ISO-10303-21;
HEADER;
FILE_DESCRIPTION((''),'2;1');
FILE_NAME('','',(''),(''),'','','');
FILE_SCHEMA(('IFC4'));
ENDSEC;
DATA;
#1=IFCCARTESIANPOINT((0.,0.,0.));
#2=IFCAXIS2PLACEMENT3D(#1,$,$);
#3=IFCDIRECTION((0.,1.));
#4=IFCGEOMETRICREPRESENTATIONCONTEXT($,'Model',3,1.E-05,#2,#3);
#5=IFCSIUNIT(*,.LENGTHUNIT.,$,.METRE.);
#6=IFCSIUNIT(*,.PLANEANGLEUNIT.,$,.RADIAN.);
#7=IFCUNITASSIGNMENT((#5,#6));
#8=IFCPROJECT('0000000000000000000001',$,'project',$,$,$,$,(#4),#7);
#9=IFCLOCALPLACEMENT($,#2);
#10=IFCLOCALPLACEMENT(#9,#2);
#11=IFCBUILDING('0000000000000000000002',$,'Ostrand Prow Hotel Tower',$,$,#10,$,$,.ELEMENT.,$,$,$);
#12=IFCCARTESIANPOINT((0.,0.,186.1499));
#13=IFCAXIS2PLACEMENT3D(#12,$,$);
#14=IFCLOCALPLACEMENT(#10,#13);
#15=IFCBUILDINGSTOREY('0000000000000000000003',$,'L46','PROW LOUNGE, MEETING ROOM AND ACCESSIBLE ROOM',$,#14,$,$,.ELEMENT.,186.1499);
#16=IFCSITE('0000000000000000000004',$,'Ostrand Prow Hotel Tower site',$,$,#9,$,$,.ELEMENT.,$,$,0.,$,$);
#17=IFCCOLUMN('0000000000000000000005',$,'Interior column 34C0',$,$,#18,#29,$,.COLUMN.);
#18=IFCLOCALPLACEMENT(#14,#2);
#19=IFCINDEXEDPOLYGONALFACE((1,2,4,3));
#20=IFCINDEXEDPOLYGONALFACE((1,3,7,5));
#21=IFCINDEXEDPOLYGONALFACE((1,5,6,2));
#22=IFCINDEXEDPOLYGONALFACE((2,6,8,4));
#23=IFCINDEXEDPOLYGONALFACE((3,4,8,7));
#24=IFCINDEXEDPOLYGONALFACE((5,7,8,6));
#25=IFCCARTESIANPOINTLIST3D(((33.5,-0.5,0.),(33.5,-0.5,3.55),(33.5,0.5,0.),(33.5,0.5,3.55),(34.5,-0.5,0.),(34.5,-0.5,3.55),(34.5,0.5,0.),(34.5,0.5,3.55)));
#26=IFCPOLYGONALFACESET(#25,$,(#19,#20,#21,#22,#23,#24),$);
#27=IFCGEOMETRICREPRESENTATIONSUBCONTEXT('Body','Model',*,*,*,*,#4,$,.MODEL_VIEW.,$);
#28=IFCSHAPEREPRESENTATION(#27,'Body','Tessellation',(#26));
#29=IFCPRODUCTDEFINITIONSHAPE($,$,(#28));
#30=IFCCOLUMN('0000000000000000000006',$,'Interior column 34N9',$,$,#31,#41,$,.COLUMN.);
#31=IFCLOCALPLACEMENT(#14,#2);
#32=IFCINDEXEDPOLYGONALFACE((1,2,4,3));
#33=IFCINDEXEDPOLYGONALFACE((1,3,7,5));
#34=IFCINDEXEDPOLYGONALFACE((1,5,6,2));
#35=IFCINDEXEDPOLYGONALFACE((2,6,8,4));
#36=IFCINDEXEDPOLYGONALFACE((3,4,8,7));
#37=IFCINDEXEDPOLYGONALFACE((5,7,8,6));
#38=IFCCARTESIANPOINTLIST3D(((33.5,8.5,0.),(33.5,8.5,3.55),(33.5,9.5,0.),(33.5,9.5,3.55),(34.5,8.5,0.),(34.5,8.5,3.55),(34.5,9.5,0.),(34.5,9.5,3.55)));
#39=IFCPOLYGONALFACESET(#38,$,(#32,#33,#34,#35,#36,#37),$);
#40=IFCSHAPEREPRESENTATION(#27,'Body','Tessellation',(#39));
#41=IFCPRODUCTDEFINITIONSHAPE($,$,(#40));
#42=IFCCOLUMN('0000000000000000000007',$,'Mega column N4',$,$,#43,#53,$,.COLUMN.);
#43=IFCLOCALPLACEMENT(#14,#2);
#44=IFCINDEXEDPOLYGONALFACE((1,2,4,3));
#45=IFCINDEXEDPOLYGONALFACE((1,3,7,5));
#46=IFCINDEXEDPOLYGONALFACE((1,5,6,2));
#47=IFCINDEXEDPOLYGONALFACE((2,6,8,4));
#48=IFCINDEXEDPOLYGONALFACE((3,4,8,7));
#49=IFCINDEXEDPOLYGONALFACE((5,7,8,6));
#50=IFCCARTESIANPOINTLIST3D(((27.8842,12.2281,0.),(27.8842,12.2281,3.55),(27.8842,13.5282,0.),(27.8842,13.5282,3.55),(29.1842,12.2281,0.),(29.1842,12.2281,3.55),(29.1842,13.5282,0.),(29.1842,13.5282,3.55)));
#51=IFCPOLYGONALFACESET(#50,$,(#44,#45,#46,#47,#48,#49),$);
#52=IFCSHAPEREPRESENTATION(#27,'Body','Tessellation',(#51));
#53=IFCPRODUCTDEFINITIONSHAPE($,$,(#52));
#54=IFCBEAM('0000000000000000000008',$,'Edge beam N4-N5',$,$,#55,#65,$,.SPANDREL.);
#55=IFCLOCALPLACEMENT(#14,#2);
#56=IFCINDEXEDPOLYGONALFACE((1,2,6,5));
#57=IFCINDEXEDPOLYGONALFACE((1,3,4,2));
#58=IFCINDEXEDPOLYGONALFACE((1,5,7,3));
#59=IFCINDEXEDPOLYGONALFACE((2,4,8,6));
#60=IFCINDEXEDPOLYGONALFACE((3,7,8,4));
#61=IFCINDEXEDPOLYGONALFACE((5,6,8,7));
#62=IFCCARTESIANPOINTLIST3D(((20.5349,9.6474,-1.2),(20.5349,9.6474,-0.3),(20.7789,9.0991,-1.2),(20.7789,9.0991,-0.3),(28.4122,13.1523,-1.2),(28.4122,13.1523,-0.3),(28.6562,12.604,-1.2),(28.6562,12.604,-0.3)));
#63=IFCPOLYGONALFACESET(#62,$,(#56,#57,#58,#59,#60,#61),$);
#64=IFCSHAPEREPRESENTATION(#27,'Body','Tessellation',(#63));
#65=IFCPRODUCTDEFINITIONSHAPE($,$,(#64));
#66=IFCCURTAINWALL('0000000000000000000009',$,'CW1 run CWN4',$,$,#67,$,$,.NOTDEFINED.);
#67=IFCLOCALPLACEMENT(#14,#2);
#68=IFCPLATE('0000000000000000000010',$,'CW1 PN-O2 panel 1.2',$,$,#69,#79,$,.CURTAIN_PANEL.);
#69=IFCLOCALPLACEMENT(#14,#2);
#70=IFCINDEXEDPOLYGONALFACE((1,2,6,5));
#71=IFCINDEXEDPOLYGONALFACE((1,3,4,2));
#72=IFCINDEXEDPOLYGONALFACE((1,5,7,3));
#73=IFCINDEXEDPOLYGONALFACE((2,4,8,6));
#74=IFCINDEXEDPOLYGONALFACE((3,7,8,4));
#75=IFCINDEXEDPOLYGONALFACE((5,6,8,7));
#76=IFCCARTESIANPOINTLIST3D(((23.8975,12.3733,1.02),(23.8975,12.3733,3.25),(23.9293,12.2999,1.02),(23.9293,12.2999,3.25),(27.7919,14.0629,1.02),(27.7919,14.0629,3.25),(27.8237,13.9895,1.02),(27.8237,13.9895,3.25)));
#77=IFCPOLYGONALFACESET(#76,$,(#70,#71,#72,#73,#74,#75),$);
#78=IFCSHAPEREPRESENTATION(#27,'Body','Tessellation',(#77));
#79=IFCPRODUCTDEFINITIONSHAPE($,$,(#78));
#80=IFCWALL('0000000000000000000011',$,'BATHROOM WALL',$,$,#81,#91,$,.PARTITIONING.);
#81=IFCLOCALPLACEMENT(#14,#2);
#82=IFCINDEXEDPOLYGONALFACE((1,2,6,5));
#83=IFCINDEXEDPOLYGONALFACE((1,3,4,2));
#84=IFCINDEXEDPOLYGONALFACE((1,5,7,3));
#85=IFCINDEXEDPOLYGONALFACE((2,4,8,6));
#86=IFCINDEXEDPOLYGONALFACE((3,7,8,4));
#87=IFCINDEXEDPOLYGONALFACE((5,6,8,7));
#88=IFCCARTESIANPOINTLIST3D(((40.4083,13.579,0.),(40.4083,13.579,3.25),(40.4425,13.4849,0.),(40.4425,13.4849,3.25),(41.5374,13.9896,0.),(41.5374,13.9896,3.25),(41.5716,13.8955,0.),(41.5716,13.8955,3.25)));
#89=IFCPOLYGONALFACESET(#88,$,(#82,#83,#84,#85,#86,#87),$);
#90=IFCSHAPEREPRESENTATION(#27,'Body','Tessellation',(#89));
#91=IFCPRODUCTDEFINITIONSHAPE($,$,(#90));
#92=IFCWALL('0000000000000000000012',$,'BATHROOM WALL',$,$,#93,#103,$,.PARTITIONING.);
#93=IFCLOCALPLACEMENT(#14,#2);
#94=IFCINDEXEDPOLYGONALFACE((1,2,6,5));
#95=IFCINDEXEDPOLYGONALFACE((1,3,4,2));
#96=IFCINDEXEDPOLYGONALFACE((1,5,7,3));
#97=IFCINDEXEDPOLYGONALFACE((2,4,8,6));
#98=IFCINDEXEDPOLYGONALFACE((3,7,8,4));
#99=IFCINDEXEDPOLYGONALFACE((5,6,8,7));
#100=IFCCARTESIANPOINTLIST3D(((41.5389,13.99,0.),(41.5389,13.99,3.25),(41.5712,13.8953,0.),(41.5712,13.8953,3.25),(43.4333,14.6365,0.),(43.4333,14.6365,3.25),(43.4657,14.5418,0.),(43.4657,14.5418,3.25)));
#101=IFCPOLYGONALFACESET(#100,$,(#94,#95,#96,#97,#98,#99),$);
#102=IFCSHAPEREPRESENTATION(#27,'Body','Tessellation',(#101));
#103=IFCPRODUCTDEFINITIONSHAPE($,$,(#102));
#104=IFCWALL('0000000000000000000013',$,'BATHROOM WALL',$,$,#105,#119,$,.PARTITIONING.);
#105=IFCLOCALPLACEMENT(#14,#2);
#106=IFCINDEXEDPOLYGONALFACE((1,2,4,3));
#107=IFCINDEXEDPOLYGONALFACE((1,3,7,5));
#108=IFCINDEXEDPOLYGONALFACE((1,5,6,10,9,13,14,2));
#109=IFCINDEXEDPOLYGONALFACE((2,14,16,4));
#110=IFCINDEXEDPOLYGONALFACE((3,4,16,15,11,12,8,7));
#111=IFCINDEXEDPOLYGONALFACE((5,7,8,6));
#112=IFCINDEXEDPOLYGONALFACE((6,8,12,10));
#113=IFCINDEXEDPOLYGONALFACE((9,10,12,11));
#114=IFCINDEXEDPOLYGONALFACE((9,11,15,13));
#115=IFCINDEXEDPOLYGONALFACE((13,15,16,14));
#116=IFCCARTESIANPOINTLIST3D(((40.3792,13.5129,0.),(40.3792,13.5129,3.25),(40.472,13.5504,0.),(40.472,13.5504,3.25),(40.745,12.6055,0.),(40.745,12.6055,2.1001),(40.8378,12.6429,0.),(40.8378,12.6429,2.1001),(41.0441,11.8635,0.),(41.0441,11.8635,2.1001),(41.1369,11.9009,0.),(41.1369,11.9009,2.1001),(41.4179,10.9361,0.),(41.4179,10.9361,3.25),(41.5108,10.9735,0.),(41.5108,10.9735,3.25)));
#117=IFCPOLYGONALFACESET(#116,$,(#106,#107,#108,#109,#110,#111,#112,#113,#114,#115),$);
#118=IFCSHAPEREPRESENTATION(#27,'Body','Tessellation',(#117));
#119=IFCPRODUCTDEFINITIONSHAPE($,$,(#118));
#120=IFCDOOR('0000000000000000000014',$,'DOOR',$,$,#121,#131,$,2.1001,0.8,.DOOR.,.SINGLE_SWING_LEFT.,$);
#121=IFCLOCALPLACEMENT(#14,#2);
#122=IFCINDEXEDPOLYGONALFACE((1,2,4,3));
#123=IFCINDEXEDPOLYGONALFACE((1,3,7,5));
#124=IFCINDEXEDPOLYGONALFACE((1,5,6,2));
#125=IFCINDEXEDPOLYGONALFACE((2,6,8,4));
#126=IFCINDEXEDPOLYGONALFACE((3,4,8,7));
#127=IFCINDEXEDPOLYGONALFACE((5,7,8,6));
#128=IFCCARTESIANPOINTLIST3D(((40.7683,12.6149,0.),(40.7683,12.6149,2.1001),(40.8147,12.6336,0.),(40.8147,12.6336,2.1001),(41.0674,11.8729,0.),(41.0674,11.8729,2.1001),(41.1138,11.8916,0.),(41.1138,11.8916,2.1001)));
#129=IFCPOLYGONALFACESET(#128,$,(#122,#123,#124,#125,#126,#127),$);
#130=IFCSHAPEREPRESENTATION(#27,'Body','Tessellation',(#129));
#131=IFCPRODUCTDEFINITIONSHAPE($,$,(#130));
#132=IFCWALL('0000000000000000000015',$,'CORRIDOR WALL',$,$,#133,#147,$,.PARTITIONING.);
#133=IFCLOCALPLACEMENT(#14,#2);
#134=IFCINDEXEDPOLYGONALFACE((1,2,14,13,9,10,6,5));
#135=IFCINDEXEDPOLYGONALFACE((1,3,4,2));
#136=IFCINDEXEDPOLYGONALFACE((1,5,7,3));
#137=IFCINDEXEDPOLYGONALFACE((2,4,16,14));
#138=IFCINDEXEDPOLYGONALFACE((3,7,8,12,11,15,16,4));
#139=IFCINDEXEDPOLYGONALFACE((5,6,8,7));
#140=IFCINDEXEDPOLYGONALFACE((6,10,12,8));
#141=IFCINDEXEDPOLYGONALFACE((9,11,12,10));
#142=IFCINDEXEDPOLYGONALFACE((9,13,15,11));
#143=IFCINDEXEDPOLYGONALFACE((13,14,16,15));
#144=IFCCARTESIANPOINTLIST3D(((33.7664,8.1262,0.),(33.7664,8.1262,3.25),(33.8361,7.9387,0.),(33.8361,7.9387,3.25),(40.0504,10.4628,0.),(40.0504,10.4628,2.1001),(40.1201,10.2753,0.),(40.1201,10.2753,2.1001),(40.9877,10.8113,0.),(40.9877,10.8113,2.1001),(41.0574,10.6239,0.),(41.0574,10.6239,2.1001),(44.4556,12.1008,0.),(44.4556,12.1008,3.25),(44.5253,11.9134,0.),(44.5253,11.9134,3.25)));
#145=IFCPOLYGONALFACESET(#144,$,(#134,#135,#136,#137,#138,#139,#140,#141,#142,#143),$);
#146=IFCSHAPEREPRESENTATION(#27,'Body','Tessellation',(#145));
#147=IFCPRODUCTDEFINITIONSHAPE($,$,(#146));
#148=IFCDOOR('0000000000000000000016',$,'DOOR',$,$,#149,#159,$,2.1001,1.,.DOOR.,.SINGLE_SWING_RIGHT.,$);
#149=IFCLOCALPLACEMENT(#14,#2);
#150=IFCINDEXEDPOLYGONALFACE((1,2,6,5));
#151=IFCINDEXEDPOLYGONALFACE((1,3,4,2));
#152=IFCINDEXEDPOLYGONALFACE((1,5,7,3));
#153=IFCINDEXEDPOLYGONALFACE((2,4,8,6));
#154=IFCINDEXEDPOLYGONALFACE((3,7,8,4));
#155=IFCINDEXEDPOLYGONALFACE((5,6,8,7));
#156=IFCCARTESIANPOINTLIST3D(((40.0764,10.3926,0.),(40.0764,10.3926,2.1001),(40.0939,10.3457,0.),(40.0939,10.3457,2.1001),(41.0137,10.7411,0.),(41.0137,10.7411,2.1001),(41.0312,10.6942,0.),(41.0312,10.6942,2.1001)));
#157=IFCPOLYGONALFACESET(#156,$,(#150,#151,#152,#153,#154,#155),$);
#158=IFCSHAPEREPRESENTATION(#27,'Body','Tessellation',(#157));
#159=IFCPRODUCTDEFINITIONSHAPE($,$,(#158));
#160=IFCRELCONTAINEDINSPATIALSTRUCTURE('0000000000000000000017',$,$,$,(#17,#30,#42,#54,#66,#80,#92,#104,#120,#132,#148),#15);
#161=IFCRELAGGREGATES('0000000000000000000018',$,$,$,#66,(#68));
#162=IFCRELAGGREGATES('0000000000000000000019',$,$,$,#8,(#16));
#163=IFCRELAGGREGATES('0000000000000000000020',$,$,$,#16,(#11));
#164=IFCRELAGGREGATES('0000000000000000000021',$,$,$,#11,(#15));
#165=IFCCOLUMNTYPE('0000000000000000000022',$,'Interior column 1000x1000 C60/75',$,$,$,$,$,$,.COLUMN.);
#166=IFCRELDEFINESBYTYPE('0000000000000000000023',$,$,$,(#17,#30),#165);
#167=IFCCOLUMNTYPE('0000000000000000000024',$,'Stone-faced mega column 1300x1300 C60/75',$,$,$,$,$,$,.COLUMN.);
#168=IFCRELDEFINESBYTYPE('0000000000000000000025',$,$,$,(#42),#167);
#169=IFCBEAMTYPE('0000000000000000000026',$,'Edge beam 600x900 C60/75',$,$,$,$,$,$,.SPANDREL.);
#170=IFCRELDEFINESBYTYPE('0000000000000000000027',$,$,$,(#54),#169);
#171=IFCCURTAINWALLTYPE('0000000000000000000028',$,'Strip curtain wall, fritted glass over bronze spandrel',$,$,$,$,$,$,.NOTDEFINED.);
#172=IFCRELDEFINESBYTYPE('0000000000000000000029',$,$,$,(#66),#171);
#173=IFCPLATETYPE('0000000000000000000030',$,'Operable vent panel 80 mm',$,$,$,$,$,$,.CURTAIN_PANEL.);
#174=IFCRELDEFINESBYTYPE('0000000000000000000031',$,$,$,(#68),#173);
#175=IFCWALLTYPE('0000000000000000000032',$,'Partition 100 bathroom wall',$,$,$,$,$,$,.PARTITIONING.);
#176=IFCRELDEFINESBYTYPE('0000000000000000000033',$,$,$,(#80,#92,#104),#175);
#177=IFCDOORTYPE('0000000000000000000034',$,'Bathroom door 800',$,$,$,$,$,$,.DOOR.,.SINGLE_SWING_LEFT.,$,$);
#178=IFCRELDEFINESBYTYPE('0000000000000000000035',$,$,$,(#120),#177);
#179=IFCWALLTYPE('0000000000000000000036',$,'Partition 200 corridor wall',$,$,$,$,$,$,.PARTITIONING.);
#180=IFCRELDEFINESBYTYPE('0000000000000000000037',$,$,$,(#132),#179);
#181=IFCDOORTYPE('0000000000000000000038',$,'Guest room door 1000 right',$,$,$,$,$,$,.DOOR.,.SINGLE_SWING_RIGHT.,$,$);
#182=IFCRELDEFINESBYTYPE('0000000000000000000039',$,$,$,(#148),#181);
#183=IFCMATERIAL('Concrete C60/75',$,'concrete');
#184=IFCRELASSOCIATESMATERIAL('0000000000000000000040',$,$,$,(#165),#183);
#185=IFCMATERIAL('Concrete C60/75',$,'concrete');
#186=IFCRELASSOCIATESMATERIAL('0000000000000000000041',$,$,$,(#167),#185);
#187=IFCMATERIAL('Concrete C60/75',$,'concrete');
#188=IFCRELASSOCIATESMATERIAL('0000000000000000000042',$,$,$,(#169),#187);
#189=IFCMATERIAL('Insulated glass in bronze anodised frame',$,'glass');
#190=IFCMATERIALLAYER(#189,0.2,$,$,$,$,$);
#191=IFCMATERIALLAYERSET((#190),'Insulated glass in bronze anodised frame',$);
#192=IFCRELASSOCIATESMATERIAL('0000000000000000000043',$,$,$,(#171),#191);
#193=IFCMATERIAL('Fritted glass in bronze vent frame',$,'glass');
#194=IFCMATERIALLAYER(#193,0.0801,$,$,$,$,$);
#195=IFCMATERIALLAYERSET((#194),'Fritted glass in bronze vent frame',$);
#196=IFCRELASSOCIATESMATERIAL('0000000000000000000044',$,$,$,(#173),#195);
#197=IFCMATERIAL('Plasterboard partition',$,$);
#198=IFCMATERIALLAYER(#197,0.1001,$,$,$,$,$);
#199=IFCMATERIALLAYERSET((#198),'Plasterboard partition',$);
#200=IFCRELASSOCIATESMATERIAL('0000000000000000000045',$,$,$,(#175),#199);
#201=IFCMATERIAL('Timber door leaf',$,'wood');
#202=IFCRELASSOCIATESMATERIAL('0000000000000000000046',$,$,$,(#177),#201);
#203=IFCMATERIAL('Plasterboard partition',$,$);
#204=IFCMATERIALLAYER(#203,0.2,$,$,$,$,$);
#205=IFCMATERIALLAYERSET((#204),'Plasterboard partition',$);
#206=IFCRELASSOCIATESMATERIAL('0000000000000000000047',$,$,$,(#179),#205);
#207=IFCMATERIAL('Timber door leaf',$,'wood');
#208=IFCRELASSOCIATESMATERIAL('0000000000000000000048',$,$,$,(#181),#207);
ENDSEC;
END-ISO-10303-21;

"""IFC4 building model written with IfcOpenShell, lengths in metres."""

from ifc_helpers import new_model, si_unit, direction, frame, frame_2d, origin, origin_2d, place, context, subcontext, project, spatial, rectangle, extrude, material, layer, layer_set, material_profile, profile_set, type_object, element, fill, aggregate, save


model = new_model("IFC4")

# Units and contexts
model_context = context("Model", 3, precision=1e-05, world=origin(), true_north=direction((0.0, 1.0)))
body_context = subcontext(model_context, "Body", "Model", "MODEL_VIEW")
ifc_project = project(units=[si_unit("LENGTHUNIT", "METRE"), si_unit("PLANEANGLEUNIT", "RADIAN")], contexts=[model_context])

# Site, building, storey
site_placement = place(None, origin())
site = spatial("IfcSite", under=ifc_project, at=site_placement, Name="Ostrand Prow Hotel Tower site", CompositionType="ELEMENT", RefElevation=0.0)
building_placement = place(site_placement, origin())
building = spatial("IfcBuilding", under=site, at=building_placement, Name="Ostrand Prow Hotel Tower", CompositionType="ELEMENT")
storey_placement = place(building_placement, frame((0.0, 0.0, 186.1499)))
storey = spatial("IfcBuildingStorey", under=building, at=storey_placement, Name="L46", Description="PROW LOUNGE, MEETING ROOM AND ACCESSIBLE ROOM", CompositionType="ELEMENT", Elevation=186.1499)

# Columns
ifc_material_1 = material(Name="Concrete C60/75", Category="concrete")
ifc_material_profile_1 = material_profile(ifc_material_1, rectangle(XDim=1.0, YDim=1.0, at=origin_2d()), Name="RC 1000x1000")
ifc_profile_set_1 = profile_set([ifc_material_profile_1], Name="Concrete C60/75")
column_type_1 = type_object("IfcColumnType", Name="Interior column 1000x1000 C60/75", PredefinedType="COLUMN", material=ifc_profile_set_1)
for number, where, z_axis, x_axis, name in (
    (1, (34.0, 0.0, 0.0), (0.0, 0.0, 1.0), (1.0, 0.0, 0.0), "Interior column 34C0"),
    (2, (34.0, 9.0, 0.0), (0.0, 0.0, 1.0), (1.0, 0.0, 0.0), "Interior column 34N9"),
):
    element("IfcColumn", number, at=place(storey_placement, frame(where, z_axis=z_axis, x_axis=x_axis)), inside=storey, type_object=column_type_1, Name=name, PredefinedType="COLUMN", context=body_context, shape_type="SweptSolid", body=[
        extrude(rectangle(XDim=1.0, YDim=1.0, at=origin_2d()), origin(), (0.0, 0.0, 1.0), 3.55),
    ])
ifc_material_2 = material(Name="Concrete C60/75", Category="concrete")
ifc_material_profile_2 = material_profile(ifc_material_2, rectangle(XDim=1.3, YDim=1.3, at=origin_2d()), Name="RC 1300x1300")
ifc_profile_set_2 = profile_set([ifc_material_profile_2], Name="Concrete C60/75")
column_type_2 = type_object("IfcColumnType", Name="Stone-faced mega column 1300x1300 C60/75", PredefinedType="COLUMN", material=ifc_profile_set_2)
column_placement = place(storey_placement, frame((28.5342, 12.8782, 0.0), z_axis=(0.0, 0.0, 1.0), x_axis=(1.0, 0.0, 0.0)))
element("IfcColumn", 3, at=column_placement, inside=storey, type_object=column_type_2, Name="Mega column N4", PredefinedType="COLUMN", context=body_context, shape_type="SweptSolid", body=[
    extrude(rectangle(XDim=1.3, YDim=1.3, at=origin_2d()), origin(), (0.0, 0.0, 1.0), 3.55),
])

# Beam
ifc_material_3 = material(Name="Concrete C60/75", Category="concrete")
ifc_material_profile_3 = material_profile(ifc_material_3, rectangle(XDim=0.6001, YDim=0.8999, at=origin_2d()), Name="RC 600x900")
ifc_profile_set_3 = profile_set([ifc_material_profile_3], Name="Concrete C60/75")
beam_type = type_object("IfcBeamType", Name="Edge beam 600x900 C60/75", PredefinedType="SPANDREL", material=ifc_profile_set_3)
beam_placement = place(storey_placement, frame((28.5342, 12.8782, -0.75), z_axis=(-0.913643, -0.406517, 0.0), x_axis=(0.406517, -0.913643, 0.0)))
element("IfcBeam", 4, at=beam_placement, inside=storey, type_object=beam_type, Name="Edge beam N4-N5", PredefinedType="SPANDREL", context=body_context, shape_type="SweptSolid", body=[
    extrude(rectangle(XDim=0.6001, YDim=0.8999, at=origin_2d()), origin(), (0.0, 0.0, 1.0), 8.6218),
])

# Curtain wall, plate
ifc_material_4 = material(Name="Insulated glass in bronze anodised frame", Category="glass")
ifc_layer_1 = layer(ifc_material_4, 0.2)
ifc_layer_set_1 = layer_set([ifc_layer_1], Name="Insulated glass in bronze anodised frame")
curtain_wall_type = type_object("IfcCurtainWallType", Name="Strip curtain wall, fritted glass over bronze spandrel", PredefinedType="NOTDEFINED", material=ifc_layer_set_1)
curtain_wall_placement = place(storey_placement, origin())
curtain_wall = element("IfcCurtainWall", 5, at=curtain_wall_placement, inside=storey, type_object=curtain_wall_type, Name="CW1 run CWN4", PredefinedType="NOTDEFINED")
ifc_material_5 = material(Name="Fritted glass in bronze vent frame", Category="glass")
ifc_layer_2 = layer(ifc_material_5, 0.0801)
ifc_layer_set_2 = layer_set([ifc_layer_2], Name="Fritted glass in bronze vent frame")
plate_type = type_object("IfcPlateType", Name="Operable vent panel 80 mm", PredefinedType="CURTAIN_PANEL", material=ifc_layer_set_2)
plate_placement = place(storey_placement, frame((25.8606, 13.1814, 1.02), z_axis=(0.0, 0.0, 1.0), x_axis=(-0.917383, -0.398005, 0.0)))
plate = element("IfcPlate", 6, at=plate_placement, type_object=plate_type, Name="CW1 PN-O2 panel 1.2", PredefinedType="CURTAIN_PANEL", context=body_context, shape_type="SweptSolid", body=[
    extrude(rectangle(XDim=4.2451, YDim=0.0801, at=origin_2d()), origin(), (0.0, 0.0, 1.0), 2.23),
])
aggregate(curtain_wall, [plate])

# Walls
ifc_material_6 = material(Name="Plasterboard partition")
ifc_layer_3 = layer(ifc_material_6, 0.1001)
ifc_layer_set_3 = layer_set([ifc_layer_3], Name="Plasterboard partition")
wall_type_1 = type_object("IfcWallType", Name="Partition 100 bathroom wall", PredefinedType="PARTITIONING", material=ifc_layer_set_3)
wall_1_placement = place(storey_placement, frame((40.4255, 13.532, 0.0), z_axis=(0.0, 0.0, 1.0), x_axis=(0.939782, 0.341776, 0.0)))
element("IfcWall", 7, at=wall_1_placement, inside=storey, type_object=wall_type_1, Name="BATHROOM WALL", PredefinedType="PARTITIONING", context=body_context, shape_type="SweptSolid", body=[
    extrude(rectangle(XDim=1.2014, YDim=0.1001, at=frame_2d((0.6006, 0.0))), origin(), (0.0, 0.0, 1.0), 3.25),
])
wall_2_placement = place(storey_placement, frame((41.5549, 13.9426, 0.0), z_axis=(0.0, 0.0, 1.0), x_axis=(0.946415, 0.322952, 0.0)))
element("IfcWall", 8, at=wall_2_placement, inside=storey, type_object=wall_type_1, Name="BATHROOM WALL", PredefinedType="PARTITIONING", context=body_context, shape_type="SweptSolid", body=[
    extrude(rectangle(XDim=2.0017, YDim=0.1001, at=frame_2d((1.001, 0.0))), origin(), (0.0, 0.0, 1.0), 3.25),
])

# Walls, openings, doors
wall_3_placement = place(storey_placement, frame((41.4644, 10.9548, 0.0), z_axis=(0.0, 0.0, 1.0), x_axis=(-0.373889, 0.927473, 0.0)))
wall_3 = element("IfcWall", 9, at=wall_3_placement, inside=storey, type_object=wall_type_1, Name="BATHROOM WALL", PredefinedType="PARTITIONING", context=body_context, shape_type="SweptSolid", body=[
    extrude(rectangle(XDim=2.7783, YDim=0.1001, at=frame_2d((1.3892, 0.0))), origin(), (0.0, 0.0, 1.0), 3.25),
])
opening_1_placement = place(wall_3_placement, frame((1.0, 0.0, 0.0)))
opening_1 = element("IfcOpeningElement", 10, at=opening_1_placement, cuts=wall_3, PredefinedType="OPENING", context=body_context, shape_type="SweptSolid", body=[
    extrude(rectangle(XDim=0.8, YDim=2.1001, at=frame_2d((0.3999, 1.05))), frame((0.0, 0.0601, 0.0), z_axis=(0.0, -1.0, 0.0), x_axis=(1.0, 0.0, 0.0)), (0.0, 0.0, 1.0), 0.1201),
])
ifc_material_7 = material(Name="Timber door leaf", Category="wood")
door_type_1 = type_object("IfcDoorType", Name="Bathroom door 800", OperationType="SINGLE_SWING_LEFT", PredefinedType="DOOR", material=ifc_material_7)
door_1_placement = place(opening_1_placement, origin())
door_1 = element("IfcDoor", 11, at=door_1_placement, inside=storey, type_object=door_type_1, Name="DOOR", OperationType="SINGLE_SWING_LEFT", OverallHeight=2.1001, OverallWidth=0.8, PredefinedType="DOOR", context=body_context, shape_type="SweptSolid", body=[
    extrude(rectangle(XDim=0.8, YDim=2.1001, at=frame_2d((0.3999, 1.05))), frame((0.0, 0.0249, 0.0), z_axis=(0.0, -1.0, 0.0), x_axis=(1.0, 0.0, 0.0)), (0.0, 0.0, 1.0), 0.05),
])
fill(opening_1, door_1)
ifc_material_8 = material(Name="Plasterboard partition")
ifc_layer_4 = layer(ifc_material_8, 0.2)
ifc_layer_set_4 = layer_set([ifc_layer_4], Name="Plasterboard partition")
wall_type_2 = type_object("IfcWallType", Name="Partition 200 corridor wall", PredefinedType="PARTITIONING", material=ifc_layer_set_4)
wall_4_placement = place(storey_placement, frame((44.4905, 12.0071, 0.0), z_axis=(0.0, 0.0, 1.0), x_axis=(-0.937301, -0.34852, 0.0)))
wall_4 = element("IfcWall", 12, at=wall_4_placement, inside=storey, type_object=wall_type_2, Name="CORRIDOR WALL", PredefinedType="PARTITIONING", context=body_context, shape_type="SweptSolid", body=[
    extrude(rectangle(XDim=11.4043, YDim=0.2, at=frame_2d((5.7021, 0.0))), origin(), (0.0, 0.0, 1.0), 3.25),
])
opening_2_placement = place(wall_4_placement, frame((3.7, 0.0, 0.0)))
opening_2 = element("IfcOpeningElement", 13, at=opening_2_placement, cuts=wall_4, PredefinedType="OPENING", context=body_context, shape_type="SweptSolid", body=[
    extrude(rectangle(XDim=1.0, YDim=2.1001, at=frame_2d((0.5, 1.05))), frame((0.0, 0.1099, 0.0), z_axis=(0.0, -1.0, 0.0), x_axis=(1.0, 0.0, 0.0)), (0.0, 0.0, 1.0), 0.22),
])
ifc_material_9 = material(Name="Timber door leaf", Category="wood")
door_type_2 = type_object("IfcDoorType", Name="Guest room door 1000 right", OperationType="SINGLE_SWING_RIGHT", PredefinedType="DOOR", material=ifc_material_9)
door_2_placement = place(opening_2_placement, origin())
door_2 = element("IfcDoor", 14, at=door_2_placement, inside=storey, type_object=door_type_2, Name="DOOR", OperationType="SINGLE_SWING_RIGHT", OverallHeight=2.1001, OverallWidth=1.0, PredefinedType="DOOR", context=body_context, shape_type="SweptSolid", body=[
    extrude(rectangle(XDim=1.0, YDim=2.1001, at=frame_2d((0.5, 1.05))), frame((0.0, 0.0249, 0.0), z_axis=(0.0, -1.0, 0.0), x_axis=(1.0, 0.0, 0.0)), (0.0, 0.0, 1.0), 0.05),
])
fill(opening_2, door_2)

save(model, "model.ifc")
